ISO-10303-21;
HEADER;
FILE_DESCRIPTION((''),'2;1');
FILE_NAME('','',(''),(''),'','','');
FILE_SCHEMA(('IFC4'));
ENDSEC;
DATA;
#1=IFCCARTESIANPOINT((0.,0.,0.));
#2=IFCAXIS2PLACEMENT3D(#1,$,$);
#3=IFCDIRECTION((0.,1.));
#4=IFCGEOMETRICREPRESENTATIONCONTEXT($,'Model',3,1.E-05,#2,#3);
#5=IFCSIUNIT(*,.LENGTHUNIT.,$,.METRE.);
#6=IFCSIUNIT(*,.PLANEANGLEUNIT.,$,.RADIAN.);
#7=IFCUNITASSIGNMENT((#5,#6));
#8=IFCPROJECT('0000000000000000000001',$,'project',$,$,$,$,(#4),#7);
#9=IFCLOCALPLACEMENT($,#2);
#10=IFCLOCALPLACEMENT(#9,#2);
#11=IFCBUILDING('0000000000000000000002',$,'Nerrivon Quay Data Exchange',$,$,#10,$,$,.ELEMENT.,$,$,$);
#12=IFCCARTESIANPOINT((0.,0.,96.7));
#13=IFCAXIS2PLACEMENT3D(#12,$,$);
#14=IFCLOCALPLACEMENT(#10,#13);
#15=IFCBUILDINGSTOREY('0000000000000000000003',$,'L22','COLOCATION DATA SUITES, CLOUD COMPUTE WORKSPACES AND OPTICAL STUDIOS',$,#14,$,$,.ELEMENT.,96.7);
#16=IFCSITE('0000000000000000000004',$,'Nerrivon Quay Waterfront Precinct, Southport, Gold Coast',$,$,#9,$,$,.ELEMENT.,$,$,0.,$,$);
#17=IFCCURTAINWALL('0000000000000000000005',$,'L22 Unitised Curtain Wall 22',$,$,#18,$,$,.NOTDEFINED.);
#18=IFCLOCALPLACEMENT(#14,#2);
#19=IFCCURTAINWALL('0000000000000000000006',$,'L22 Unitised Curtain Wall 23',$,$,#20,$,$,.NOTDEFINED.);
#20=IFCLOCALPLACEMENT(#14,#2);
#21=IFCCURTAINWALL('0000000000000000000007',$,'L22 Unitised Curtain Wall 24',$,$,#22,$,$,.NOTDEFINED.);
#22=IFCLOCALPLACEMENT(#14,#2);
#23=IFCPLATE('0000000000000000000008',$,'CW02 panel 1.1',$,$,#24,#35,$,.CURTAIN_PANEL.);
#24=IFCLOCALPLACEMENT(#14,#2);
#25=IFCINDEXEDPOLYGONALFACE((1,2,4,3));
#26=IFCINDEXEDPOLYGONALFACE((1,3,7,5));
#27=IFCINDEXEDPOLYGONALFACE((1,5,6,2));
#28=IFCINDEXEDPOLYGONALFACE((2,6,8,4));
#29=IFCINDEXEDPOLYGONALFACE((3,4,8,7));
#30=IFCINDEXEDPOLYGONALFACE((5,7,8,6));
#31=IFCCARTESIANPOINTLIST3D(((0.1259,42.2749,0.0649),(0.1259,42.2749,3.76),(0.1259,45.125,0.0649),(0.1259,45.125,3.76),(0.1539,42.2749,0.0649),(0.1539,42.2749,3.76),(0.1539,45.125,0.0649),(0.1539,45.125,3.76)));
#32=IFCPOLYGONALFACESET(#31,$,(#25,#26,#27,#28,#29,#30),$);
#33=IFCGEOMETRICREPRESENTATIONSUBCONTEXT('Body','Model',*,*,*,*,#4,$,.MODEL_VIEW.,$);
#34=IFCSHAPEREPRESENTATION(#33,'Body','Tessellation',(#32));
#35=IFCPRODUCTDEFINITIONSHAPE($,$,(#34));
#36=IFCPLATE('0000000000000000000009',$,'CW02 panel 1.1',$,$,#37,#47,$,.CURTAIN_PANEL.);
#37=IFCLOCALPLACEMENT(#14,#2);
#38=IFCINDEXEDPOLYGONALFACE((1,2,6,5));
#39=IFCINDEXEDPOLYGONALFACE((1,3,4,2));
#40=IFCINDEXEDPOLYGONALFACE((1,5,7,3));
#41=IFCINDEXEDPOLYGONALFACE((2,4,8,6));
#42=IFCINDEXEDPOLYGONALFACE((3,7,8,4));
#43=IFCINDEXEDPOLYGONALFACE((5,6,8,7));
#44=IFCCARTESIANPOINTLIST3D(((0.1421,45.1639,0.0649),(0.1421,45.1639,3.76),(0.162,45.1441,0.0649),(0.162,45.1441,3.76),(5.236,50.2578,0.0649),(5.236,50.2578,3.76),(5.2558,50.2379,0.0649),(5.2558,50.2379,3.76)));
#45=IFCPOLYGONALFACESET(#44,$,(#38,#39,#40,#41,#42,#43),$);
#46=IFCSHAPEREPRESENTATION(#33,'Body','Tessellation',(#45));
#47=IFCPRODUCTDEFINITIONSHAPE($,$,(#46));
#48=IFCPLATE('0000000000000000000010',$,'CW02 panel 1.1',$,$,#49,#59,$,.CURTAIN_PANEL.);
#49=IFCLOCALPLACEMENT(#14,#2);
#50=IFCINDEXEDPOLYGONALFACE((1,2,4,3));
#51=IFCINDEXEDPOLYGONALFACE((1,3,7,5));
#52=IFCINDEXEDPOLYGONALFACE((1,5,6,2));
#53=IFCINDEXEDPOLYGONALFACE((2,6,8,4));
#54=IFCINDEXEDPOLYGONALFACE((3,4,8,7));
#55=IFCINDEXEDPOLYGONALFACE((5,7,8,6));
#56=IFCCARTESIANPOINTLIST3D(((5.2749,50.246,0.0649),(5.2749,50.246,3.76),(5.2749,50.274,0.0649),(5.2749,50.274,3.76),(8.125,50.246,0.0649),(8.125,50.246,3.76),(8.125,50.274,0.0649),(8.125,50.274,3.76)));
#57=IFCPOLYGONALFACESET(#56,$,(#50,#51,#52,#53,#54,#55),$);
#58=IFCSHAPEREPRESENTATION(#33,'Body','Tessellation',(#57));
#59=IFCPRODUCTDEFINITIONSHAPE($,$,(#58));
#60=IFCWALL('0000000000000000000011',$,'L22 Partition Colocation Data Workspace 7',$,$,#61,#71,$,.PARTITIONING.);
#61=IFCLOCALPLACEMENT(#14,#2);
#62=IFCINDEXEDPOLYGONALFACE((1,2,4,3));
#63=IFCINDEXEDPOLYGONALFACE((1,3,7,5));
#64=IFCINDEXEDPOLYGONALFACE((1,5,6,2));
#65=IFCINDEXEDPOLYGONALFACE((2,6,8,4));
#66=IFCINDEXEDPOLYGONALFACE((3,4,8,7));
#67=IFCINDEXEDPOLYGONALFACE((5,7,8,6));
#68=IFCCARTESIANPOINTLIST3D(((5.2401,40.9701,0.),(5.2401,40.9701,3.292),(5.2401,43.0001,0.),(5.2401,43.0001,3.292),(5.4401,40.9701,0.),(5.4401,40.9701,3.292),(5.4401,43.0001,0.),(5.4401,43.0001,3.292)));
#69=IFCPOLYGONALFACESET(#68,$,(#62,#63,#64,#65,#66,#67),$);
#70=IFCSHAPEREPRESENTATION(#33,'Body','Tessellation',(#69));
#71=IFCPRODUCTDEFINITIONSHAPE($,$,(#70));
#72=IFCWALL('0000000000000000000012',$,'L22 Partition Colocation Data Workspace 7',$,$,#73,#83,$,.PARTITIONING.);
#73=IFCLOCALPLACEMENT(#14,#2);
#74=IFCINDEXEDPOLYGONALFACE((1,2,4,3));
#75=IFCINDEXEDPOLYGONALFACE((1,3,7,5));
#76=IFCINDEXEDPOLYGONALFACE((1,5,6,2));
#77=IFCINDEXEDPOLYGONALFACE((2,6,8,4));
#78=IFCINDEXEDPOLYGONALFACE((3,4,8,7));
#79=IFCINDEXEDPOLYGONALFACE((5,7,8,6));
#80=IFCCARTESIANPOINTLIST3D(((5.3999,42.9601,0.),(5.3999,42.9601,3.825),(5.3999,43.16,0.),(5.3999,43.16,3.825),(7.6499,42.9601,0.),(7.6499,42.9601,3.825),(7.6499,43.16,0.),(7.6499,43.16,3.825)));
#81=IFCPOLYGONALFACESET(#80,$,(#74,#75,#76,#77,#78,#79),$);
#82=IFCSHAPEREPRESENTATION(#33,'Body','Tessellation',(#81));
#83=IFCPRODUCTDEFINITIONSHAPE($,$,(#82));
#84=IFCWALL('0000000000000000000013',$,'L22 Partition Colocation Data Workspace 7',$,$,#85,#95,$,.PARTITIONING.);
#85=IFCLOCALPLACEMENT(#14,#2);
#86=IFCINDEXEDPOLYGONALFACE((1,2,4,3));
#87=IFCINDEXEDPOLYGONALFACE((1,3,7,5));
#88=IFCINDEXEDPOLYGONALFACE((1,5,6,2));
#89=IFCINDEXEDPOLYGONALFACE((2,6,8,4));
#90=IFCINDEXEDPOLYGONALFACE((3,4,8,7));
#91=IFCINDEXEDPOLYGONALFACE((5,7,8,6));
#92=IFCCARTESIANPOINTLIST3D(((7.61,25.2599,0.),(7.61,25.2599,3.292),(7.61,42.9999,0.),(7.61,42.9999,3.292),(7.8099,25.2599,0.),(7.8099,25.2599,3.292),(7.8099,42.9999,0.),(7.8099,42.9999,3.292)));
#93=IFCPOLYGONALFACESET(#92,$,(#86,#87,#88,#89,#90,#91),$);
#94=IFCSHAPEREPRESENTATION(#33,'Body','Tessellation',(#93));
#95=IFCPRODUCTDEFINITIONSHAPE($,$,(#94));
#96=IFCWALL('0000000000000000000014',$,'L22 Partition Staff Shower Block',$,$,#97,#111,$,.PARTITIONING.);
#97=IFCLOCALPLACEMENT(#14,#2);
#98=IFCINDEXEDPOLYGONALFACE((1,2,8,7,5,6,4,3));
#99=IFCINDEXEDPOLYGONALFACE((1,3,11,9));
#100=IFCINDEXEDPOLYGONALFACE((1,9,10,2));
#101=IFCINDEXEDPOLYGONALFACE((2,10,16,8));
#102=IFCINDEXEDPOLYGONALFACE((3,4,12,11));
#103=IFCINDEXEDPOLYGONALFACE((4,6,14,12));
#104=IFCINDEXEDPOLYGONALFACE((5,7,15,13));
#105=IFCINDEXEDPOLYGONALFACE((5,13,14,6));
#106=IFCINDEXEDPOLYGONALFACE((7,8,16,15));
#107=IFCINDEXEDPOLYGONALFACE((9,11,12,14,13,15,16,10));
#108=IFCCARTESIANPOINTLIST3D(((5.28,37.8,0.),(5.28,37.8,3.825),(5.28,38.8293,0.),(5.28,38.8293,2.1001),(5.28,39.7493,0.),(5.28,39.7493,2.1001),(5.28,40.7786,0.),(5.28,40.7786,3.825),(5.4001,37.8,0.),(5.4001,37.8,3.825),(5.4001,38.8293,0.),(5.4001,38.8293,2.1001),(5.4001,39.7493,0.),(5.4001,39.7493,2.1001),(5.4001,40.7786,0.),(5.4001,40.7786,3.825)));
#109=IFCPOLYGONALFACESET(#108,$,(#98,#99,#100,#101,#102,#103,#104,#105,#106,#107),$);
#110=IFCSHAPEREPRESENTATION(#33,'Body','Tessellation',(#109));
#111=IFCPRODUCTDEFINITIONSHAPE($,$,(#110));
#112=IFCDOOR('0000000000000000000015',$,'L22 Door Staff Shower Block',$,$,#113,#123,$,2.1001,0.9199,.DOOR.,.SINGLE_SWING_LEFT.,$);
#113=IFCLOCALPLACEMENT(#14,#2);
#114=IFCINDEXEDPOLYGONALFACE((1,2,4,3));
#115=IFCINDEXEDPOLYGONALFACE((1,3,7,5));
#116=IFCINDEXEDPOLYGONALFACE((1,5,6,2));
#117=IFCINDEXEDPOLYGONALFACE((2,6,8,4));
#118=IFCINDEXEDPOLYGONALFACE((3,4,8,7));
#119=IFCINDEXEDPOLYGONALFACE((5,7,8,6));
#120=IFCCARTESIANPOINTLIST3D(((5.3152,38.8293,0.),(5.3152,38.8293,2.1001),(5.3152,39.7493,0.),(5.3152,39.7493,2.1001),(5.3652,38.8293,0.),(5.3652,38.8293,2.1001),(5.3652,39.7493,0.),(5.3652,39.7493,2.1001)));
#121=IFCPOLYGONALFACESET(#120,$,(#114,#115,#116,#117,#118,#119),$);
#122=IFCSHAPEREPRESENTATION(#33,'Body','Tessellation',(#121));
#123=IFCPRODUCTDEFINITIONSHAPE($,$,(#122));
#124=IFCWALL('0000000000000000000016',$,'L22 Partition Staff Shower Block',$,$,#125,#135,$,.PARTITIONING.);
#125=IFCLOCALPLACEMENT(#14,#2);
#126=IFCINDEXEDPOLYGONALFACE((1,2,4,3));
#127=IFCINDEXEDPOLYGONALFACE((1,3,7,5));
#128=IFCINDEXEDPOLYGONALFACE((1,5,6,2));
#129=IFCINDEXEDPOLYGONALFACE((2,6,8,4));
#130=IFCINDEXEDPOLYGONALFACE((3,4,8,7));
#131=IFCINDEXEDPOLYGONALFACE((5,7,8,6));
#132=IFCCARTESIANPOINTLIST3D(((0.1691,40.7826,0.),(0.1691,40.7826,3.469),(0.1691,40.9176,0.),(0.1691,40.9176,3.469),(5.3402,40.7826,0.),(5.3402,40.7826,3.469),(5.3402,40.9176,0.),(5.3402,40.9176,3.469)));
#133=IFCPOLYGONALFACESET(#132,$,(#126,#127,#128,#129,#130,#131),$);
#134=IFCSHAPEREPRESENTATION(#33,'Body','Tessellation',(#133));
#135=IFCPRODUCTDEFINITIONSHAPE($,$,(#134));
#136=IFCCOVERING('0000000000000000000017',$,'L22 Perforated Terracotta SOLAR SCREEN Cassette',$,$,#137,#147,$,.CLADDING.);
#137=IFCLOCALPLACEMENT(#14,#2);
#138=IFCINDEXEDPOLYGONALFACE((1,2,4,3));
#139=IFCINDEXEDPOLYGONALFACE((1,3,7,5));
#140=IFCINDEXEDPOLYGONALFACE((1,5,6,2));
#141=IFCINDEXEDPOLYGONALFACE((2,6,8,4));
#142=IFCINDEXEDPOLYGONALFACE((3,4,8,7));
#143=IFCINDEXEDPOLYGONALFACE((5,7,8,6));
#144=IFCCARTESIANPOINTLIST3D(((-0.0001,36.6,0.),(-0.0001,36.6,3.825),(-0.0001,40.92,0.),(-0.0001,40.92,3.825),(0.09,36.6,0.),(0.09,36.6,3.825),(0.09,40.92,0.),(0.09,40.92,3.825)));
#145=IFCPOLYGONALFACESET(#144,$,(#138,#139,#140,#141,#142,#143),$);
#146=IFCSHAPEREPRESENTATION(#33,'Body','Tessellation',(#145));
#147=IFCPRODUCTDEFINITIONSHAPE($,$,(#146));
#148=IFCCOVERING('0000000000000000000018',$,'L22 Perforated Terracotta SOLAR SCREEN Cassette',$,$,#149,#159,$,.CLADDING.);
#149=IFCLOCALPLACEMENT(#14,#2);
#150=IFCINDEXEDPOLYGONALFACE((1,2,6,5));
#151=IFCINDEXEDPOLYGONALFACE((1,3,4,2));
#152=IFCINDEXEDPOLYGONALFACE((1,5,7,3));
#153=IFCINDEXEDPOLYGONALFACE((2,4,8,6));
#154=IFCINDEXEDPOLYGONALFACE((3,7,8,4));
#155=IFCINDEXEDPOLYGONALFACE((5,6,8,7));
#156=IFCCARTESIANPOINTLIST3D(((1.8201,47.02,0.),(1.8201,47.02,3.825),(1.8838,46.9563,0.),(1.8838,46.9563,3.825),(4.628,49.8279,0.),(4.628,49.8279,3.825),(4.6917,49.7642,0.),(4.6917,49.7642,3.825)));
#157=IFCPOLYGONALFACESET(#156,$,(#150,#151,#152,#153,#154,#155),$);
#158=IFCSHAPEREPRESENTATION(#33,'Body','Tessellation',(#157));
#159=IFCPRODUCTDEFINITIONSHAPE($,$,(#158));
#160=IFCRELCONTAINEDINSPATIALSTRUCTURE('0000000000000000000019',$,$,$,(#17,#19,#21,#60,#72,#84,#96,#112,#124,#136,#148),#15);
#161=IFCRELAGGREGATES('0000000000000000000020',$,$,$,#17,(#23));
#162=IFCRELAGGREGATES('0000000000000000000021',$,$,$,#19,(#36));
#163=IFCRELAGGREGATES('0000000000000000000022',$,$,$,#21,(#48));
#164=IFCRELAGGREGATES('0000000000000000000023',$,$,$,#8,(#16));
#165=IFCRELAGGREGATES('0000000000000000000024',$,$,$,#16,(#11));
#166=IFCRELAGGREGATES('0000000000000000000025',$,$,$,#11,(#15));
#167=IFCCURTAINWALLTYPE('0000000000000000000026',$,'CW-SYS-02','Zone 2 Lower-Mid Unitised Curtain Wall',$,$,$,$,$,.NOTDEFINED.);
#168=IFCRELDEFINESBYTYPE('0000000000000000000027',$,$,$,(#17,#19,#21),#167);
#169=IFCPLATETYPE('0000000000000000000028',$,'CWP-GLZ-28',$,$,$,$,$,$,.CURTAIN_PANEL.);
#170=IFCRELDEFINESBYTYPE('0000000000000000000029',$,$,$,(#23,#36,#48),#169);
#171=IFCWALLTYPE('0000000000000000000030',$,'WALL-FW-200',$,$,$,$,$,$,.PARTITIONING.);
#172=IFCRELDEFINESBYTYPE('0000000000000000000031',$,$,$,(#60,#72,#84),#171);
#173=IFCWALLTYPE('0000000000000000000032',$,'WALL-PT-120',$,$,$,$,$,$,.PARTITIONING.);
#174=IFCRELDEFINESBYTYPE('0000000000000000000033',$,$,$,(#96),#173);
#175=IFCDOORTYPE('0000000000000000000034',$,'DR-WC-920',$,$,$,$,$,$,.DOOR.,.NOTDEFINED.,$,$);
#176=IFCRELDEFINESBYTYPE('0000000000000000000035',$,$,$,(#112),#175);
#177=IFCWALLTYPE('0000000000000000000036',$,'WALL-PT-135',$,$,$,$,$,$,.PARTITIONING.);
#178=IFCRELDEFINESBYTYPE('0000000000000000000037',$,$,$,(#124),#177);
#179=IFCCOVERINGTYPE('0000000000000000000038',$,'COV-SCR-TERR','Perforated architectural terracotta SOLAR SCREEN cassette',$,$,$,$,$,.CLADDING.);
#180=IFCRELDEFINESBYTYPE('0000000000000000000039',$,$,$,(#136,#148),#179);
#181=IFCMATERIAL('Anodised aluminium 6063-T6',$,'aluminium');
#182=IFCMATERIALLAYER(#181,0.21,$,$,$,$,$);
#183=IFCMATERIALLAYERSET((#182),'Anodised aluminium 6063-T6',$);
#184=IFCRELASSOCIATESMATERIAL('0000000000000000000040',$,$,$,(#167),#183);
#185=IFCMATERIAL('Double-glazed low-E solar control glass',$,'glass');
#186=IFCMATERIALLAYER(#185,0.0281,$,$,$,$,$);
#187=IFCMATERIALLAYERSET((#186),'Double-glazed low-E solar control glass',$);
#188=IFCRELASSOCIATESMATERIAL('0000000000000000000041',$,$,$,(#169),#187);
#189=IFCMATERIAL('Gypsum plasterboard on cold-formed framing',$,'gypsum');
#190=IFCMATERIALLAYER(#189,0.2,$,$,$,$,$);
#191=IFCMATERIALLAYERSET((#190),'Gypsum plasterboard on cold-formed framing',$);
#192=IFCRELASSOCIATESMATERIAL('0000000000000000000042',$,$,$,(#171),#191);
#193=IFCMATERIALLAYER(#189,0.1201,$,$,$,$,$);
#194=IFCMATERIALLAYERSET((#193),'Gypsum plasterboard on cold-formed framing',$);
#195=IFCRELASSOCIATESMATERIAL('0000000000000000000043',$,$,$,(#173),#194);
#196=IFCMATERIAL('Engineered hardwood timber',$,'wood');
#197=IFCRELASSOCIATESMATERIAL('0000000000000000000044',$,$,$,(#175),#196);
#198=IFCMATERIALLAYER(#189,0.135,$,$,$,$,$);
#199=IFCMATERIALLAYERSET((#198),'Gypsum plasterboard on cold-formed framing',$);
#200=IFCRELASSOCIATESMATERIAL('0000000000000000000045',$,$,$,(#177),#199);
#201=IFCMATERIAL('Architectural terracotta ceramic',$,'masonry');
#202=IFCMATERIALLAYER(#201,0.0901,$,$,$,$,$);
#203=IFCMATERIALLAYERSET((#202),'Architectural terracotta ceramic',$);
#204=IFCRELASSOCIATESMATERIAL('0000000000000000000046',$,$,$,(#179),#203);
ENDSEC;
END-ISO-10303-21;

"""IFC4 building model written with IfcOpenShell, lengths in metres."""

from ifc_helpers import new_model, si_unit, direction, frame, frame_2d, origin, origin_2d, place, context, subcontext, project, spatial, rectangle, extrude, material, layer, layer_set, type_object, element, fill, aggregate, save


model = new_model("IFC4")

# Units and contexts
model_context = context("Model", 3, precision=1e-05, world=origin(), true_north=direction((0.0, 1.0)))
body_context = subcontext(model_context, "Body", "Model", "MODEL_VIEW")
ifc_project = project(units=[si_unit("LENGTHUNIT", "METRE"), si_unit("PLANEANGLEUNIT", "RADIAN")], contexts=[model_context])

# Site, building, storey
site_placement = place(None, origin())
site = spatial("IfcSite", under=ifc_project, at=site_placement, Name="Nerrivon Quay Waterfront Precinct, Southport, Gold Coast", CompositionType="ELEMENT", RefElevation=0.0)
building_placement = place(site_placement, origin())
building = spatial("IfcBuilding", under=site, at=building_placement, Name="Nerrivon Quay Data Exchange", CompositionType="ELEMENT")
storey_placement = place(building_placement, frame((0.0, 0.0, 96.7)))
storey = spatial("IfcBuildingStorey", under=building, at=storey_placement, Name="L22", Description="COLOCATION DATA SUITES, CLOUD COMPUTE WORKSPACES AND OPTICAL STUDIOS", CompositionType="ELEMENT", Elevation=96.7)

# Shared definitions
ifc_material_1 = material(Name="Anodised aluminium 6063-T6", Category="aluminium")
ifc_layer_1 = layer(ifc_material_1, 0.21)
ifc_layer_set_1 = layer_set([ifc_layer_1], Name="Anodised aluminium 6063-T6")
curtain_wall_type = type_object("IfcCurtainWallType", Name="CW-SYS-02", Description="Zone 2 Lower-Mid Unitised Curtain Wall", PredefinedType="NOTDEFINED", material=ifc_layer_set_1)

# Curtain walls
curtain_wall_1_placement = place(storey_placement, origin())
curtain_wall_1 = element("IfcCurtainWall", 1, at=curtain_wall_1_placement, inside=storey, type_object=curtain_wall_type, Name="L22 Unitised Curtain Wall 22", PredefinedType="NOTDEFINED")
curtain_wall_2_placement = place(storey_placement, origin())
curtain_wall_2 = element("IfcCurtainWall", 2, at=curtain_wall_2_placement, inside=storey, type_object=curtain_wall_type, Name="L22 Unitised Curtain Wall 23", PredefinedType="NOTDEFINED")
curtain_wall_3_placement = place(storey_placement, origin())
curtain_wall_3 = element("IfcCurtainWall", 3, at=curtain_wall_3_placement, inside=storey, type_object=curtain_wall_type, Name="L22 Unitised Curtain Wall 24", PredefinedType="NOTDEFINED")

# Plates
ifc_material_2 = material(Name="Double-glazed low-E solar control glass", Category="glass")
ifc_layer_2 = layer(ifc_material_2, 0.0281)
ifc_layer_set_2 = layer_set([ifc_layer_2], Name="Double-glazed low-E solar control glass")
plate_type = type_object("IfcPlateType", Name="CWP-GLZ-28", PredefinedType="CURTAIN_PANEL", material=ifc_layer_set_2)
plate_1_placement = place(storey_placement, frame((0.1399, 43.7, 0.0649), z_axis=(0.0, 0.0, 1.0), x_axis=(0.0, 1.0, 0.0)))
plate_1 = element("IfcPlate", 4, at=plate_1_placement, type_object=plate_type, Name="CW02 panel 1.1", PredefinedType="CURTAIN_PANEL", context=body_context, shape_type="SweptSolid", body=[
    extrude(rectangle(XDim=2.8501, YDim=0.0281, at=origin_2d()), origin(), (0.0, 0.0, 1.0), 3.6951),
])
aggregate(curtain_wall_1, [plate_1])
plate_2_placement = place(storey_placement, frame((2.699, 47.7009, 0.0649), z_axis=(0.0, 0.0, 1.0), x_axis=(0.707107, 0.707107, 0.0)))
plate_2 = element("IfcPlate", 5, at=plate_2_placement, type_object=plate_type, Name="CW02 panel 1.1", PredefinedType="CURTAIN_PANEL", context=body_context, shape_type="SweptSolid", body=[
    extrude(rectangle(XDim=7.2039, YDim=0.0281, at=origin_2d()), origin(), (0.0, 0.0, 1.0), 3.6951),
])
aggregate(curtain_wall_2, [plate_2])
plate_3_placement = place(storey_placement, frame((6.7, 50.26, 0.0649), z_axis=(0.0, 0.0, 1.0), x_axis=(1.0, 0.0, 0.0)))
plate_3 = element("IfcPlate", 6, at=plate_3_placement, type_object=plate_type, Name="CW02 panel 1.1", PredefinedType="CURTAIN_PANEL", context=body_context, shape_type="SweptSolid", body=[
    extrude(rectangle(XDim=2.8501, YDim=0.0281, at=origin_2d()), origin(), (0.0, 0.0, 1.0), 3.6951),
])
aggregate(curtain_wall_3, [plate_3])

# Walls
ifc_material_3 = material(Name="Gypsum plasterboard on cold-formed framing", Category="gypsum")
ifc_layer_3 = layer(ifc_material_3, 0.2)
ifc_layer_set_3 = layer_set([ifc_layer_3], Name="Gypsum plasterboard on cold-formed framing")
wall_type_1 = type_object("IfcWallType", Name="WALL-FW-200", PredefinedType="PARTITIONING", material=ifc_layer_set_3)
wall_1_placement = place(storey_placement, frame((5.3401, 40.97, 0.0), z_axis=(0.0, 0.0, 1.0), x_axis=(0.0, 1.0, 0.0)))
element("IfcWall", 7, at=wall_1_placement, inside=storey, type_object=wall_type_1, Name="L22 Partition Colocation Data Workspace 7", PredefinedType="PARTITIONING", context=body_context, shape_type="SweptSolid", body=[
    extrude(rectangle(XDim=2.03, YDim=0.2, at=frame_2d((1.0151, 0.0))), origin(), (0.0, 0.0, 1.0), 3.292),
])
wall_2_placement = place(storey_placement, frame((5.3999, 43.0601, 0.0), z_axis=(0.0, 0.0, 1.0), x_axis=(1.0, 0.0, 0.0)))
element("IfcWall", 8, at=wall_2_placement, inside=storey, type_object=wall_type_1, Name="L22 Partition Colocation Data Workspace 7", PredefinedType="PARTITIONING", context=body_context, shape_type="SweptSolid", body=[
    extrude(rectangle(XDim=2.25, YDim=0.2, at=frame_2d((1.125, 0.0))), origin(), (0.0, 0.0, 1.0), 3.825),
])
wall_3_placement = place(storey_placement, frame((7.71, 43.0, 0.0), z_axis=(0.0, 0.0, 1.0), x_axis=(0.0, -1.0, 0.0)))
element("IfcWall", 9, at=wall_3_placement, inside=storey, type_object=wall_type_1, Name="L22 Partition Colocation Data Workspace 7", PredefinedType="PARTITIONING", context=body_context, shape_type="SweptSolid", body=[
    extrude(rectangle(XDim=17.74, YDim=0.2, at=frame_2d((8.8701, 0.0))), origin(), (0.0, 0.0, 1.0), 3.292),
])

# Wall, opening, door
ifc_layer_4 = layer(ifc_material_3, 0.1201)
ifc_layer_set_4 = layer_set([ifc_layer_4], Name="Gypsum plasterboard on cold-formed framing")
wall_type_2 = type_object("IfcWallType", Name="WALL-PT-120", PredefinedType="PARTITIONING", material=ifc_layer_set_4)
wall_4_placement = place(storey_placement, frame((5.3401, 37.8, 0.0), z_axis=(0.0, 0.0, 1.0), x_axis=(0.0, 1.0, 0.0)))
wall_4 = element("IfcWall", 10, at=wall_4_placement, inside=storey, type_object=wall_type_2, Name="L22 Partition Staff Shower Block", PredefinedType="PARTITIONING", context=body_context, shape_type="SweptSolid", body=[
    extrude(rectangle(XDim=2.9785, YDim=0.1201, at=frame_2d((1.4893, 0.0))), origin(), (0.0, 0.0, 1.0), 3.825),
])
opening_placement = place(wall_4_placement, frame((1.0293, 0.0, 0.0)))
opening = element("IfcOpeningElement", 11, at=opening_placement, cuts=wall_4, PredefinedType="OPENING", context=body_context, shape_type="SweptSolid", body=[
    extrude(rectangle(XDim=0.9199, YDim=2.1001, at=frame_2d((0.46, 1.05))), frame((0.0, 0.0701, 0.0), z_axis=(0.0, -1.0, 0.0), x_axis=(1.0, 0.0, 0.0)), (0.0, 0.0, 1.0), 0.1401),
])
ifc_material_4 = material(Name="Engineered hardwood timber", Category="wood")
door_type = type_object("IfcDoorType", Name="DR-WC-920", OperationType="NOTDEFINED", PredefinedType="DOOR", material=ifc_material_4)
door_placement = place(opening_placement, origin())
door = element("IfcDoor", 12, at=door_placement, inside=storey, type_object=door_type, Name="L22 Door Staff Shower Block", OperationType="SINGLE_SWING_LEFT", OverallHeight=2.1001, OverallWidth=0.9199, PredefinedType="DOOR", context=body_context, shape_type="SweptSolid", body=[
    extrude(rectangle(XDim=0.9199, YDim=2.1001, at=frame_2d((0.46, 1.05))), frame((0.0, 0.0249, 0.0), z_axis=(0.0, -1.0, 0.0), x_axis=(1.0, 0.0, 0.0)), (0.0, 0.0, 1.0), 0.05),
])
fill(opening, door)

# Wall
ifc_layer_5 = layer(ifc_material_3, 0.135)
ifc_layer_set_5 = layer_set([ifc_layer_5], Name="Gypsum plasterboard on cold-formed framing")
wall_type_3 = type_object("IfcWallType", Name="WALL-PT-135", PredefinedType="PARTITIONING", material=ifc_layer_set_5)
wall_5_placement = place(storey_placement, frame((5.3401, 40.8501, 0.0), z_axis=(0.0, 0.0, 1.0), x_axis=(-1.0, 0.0, 0.0)))
element("IfcWall", 13, at=wall_5_placement, inside=storey, type_object=wall_type_3, Name="L22 Partition Staff Shower Block", PredefinedType="PARTITIONING", context=body_context, shape_type="SweptSolid", body=[
    extrude(rectangle(XDim=5.1711, YDim=0.135, at=frame_2d((2.5854, 0.0))), origin(), (0.0, 0.0, 1.0), 3.469),
])

# Coverings
ifc_material_5 = material(Name="Architectural terracotta ceramic", Category="masonry")
ifc_layer_6 = layer(ifc_material_5, 0.0901)
ifc_layer_set_6 = layer_set([ifc_layer_6], Name="Architectural terracotta ceramic")
covering_type = type_object("IfcCoveringType", Name="COV-SCR-TERR", Description="Perforated architectural terracotta SOLAR SCREEN cassette", PredefinedType="CLADDING", material=ifc_layer_set_6)
covering_1_placement = place(storey_placement, frame((0.0449, 38.76, 0.0), z_axis=(0.0, 0.0, 1.0), x_axis=(0.0, 1.0, 0.0)))
element("IfcCovering", 14, at=covering_1_placement, inside=storey, type_object=covering_type, Name="L22 Perforated Terracotta SOLAR SCREEN Cassette", PredefinedType="CLADDING", context=body_context, shape_type="SweptSolid", body=[
    extrude(rectangle(XDim=4.3201, YDim=0.0901, at=origin_2d()), origin(), (0.0, 0.0, 1.0), 3.825),
])
covering_2_placement = place(storey_placement, frame((3.2559, 48.3921, 0.0), z_axis=(0.0, 0.0, 1.0), x_axis=(0.707107, 0.707107, 0.0)))
element("IfcCovering", 15, at=covering_2_placement, inside=storey, type_object=covering_type, Name="L22 Perforated Terracotta SOLAR SCREEN Cassette", PredefinedType="CLADDING", context=body_context, shape_type="SweptSolid", body=[
    extrude(rectangle(XDim=3.9709, YDim=0.0901, at=origin_2d()), origin(), (0.0, 0.0, 1.0), 3.825),
])

save(model, "model.ifc")
